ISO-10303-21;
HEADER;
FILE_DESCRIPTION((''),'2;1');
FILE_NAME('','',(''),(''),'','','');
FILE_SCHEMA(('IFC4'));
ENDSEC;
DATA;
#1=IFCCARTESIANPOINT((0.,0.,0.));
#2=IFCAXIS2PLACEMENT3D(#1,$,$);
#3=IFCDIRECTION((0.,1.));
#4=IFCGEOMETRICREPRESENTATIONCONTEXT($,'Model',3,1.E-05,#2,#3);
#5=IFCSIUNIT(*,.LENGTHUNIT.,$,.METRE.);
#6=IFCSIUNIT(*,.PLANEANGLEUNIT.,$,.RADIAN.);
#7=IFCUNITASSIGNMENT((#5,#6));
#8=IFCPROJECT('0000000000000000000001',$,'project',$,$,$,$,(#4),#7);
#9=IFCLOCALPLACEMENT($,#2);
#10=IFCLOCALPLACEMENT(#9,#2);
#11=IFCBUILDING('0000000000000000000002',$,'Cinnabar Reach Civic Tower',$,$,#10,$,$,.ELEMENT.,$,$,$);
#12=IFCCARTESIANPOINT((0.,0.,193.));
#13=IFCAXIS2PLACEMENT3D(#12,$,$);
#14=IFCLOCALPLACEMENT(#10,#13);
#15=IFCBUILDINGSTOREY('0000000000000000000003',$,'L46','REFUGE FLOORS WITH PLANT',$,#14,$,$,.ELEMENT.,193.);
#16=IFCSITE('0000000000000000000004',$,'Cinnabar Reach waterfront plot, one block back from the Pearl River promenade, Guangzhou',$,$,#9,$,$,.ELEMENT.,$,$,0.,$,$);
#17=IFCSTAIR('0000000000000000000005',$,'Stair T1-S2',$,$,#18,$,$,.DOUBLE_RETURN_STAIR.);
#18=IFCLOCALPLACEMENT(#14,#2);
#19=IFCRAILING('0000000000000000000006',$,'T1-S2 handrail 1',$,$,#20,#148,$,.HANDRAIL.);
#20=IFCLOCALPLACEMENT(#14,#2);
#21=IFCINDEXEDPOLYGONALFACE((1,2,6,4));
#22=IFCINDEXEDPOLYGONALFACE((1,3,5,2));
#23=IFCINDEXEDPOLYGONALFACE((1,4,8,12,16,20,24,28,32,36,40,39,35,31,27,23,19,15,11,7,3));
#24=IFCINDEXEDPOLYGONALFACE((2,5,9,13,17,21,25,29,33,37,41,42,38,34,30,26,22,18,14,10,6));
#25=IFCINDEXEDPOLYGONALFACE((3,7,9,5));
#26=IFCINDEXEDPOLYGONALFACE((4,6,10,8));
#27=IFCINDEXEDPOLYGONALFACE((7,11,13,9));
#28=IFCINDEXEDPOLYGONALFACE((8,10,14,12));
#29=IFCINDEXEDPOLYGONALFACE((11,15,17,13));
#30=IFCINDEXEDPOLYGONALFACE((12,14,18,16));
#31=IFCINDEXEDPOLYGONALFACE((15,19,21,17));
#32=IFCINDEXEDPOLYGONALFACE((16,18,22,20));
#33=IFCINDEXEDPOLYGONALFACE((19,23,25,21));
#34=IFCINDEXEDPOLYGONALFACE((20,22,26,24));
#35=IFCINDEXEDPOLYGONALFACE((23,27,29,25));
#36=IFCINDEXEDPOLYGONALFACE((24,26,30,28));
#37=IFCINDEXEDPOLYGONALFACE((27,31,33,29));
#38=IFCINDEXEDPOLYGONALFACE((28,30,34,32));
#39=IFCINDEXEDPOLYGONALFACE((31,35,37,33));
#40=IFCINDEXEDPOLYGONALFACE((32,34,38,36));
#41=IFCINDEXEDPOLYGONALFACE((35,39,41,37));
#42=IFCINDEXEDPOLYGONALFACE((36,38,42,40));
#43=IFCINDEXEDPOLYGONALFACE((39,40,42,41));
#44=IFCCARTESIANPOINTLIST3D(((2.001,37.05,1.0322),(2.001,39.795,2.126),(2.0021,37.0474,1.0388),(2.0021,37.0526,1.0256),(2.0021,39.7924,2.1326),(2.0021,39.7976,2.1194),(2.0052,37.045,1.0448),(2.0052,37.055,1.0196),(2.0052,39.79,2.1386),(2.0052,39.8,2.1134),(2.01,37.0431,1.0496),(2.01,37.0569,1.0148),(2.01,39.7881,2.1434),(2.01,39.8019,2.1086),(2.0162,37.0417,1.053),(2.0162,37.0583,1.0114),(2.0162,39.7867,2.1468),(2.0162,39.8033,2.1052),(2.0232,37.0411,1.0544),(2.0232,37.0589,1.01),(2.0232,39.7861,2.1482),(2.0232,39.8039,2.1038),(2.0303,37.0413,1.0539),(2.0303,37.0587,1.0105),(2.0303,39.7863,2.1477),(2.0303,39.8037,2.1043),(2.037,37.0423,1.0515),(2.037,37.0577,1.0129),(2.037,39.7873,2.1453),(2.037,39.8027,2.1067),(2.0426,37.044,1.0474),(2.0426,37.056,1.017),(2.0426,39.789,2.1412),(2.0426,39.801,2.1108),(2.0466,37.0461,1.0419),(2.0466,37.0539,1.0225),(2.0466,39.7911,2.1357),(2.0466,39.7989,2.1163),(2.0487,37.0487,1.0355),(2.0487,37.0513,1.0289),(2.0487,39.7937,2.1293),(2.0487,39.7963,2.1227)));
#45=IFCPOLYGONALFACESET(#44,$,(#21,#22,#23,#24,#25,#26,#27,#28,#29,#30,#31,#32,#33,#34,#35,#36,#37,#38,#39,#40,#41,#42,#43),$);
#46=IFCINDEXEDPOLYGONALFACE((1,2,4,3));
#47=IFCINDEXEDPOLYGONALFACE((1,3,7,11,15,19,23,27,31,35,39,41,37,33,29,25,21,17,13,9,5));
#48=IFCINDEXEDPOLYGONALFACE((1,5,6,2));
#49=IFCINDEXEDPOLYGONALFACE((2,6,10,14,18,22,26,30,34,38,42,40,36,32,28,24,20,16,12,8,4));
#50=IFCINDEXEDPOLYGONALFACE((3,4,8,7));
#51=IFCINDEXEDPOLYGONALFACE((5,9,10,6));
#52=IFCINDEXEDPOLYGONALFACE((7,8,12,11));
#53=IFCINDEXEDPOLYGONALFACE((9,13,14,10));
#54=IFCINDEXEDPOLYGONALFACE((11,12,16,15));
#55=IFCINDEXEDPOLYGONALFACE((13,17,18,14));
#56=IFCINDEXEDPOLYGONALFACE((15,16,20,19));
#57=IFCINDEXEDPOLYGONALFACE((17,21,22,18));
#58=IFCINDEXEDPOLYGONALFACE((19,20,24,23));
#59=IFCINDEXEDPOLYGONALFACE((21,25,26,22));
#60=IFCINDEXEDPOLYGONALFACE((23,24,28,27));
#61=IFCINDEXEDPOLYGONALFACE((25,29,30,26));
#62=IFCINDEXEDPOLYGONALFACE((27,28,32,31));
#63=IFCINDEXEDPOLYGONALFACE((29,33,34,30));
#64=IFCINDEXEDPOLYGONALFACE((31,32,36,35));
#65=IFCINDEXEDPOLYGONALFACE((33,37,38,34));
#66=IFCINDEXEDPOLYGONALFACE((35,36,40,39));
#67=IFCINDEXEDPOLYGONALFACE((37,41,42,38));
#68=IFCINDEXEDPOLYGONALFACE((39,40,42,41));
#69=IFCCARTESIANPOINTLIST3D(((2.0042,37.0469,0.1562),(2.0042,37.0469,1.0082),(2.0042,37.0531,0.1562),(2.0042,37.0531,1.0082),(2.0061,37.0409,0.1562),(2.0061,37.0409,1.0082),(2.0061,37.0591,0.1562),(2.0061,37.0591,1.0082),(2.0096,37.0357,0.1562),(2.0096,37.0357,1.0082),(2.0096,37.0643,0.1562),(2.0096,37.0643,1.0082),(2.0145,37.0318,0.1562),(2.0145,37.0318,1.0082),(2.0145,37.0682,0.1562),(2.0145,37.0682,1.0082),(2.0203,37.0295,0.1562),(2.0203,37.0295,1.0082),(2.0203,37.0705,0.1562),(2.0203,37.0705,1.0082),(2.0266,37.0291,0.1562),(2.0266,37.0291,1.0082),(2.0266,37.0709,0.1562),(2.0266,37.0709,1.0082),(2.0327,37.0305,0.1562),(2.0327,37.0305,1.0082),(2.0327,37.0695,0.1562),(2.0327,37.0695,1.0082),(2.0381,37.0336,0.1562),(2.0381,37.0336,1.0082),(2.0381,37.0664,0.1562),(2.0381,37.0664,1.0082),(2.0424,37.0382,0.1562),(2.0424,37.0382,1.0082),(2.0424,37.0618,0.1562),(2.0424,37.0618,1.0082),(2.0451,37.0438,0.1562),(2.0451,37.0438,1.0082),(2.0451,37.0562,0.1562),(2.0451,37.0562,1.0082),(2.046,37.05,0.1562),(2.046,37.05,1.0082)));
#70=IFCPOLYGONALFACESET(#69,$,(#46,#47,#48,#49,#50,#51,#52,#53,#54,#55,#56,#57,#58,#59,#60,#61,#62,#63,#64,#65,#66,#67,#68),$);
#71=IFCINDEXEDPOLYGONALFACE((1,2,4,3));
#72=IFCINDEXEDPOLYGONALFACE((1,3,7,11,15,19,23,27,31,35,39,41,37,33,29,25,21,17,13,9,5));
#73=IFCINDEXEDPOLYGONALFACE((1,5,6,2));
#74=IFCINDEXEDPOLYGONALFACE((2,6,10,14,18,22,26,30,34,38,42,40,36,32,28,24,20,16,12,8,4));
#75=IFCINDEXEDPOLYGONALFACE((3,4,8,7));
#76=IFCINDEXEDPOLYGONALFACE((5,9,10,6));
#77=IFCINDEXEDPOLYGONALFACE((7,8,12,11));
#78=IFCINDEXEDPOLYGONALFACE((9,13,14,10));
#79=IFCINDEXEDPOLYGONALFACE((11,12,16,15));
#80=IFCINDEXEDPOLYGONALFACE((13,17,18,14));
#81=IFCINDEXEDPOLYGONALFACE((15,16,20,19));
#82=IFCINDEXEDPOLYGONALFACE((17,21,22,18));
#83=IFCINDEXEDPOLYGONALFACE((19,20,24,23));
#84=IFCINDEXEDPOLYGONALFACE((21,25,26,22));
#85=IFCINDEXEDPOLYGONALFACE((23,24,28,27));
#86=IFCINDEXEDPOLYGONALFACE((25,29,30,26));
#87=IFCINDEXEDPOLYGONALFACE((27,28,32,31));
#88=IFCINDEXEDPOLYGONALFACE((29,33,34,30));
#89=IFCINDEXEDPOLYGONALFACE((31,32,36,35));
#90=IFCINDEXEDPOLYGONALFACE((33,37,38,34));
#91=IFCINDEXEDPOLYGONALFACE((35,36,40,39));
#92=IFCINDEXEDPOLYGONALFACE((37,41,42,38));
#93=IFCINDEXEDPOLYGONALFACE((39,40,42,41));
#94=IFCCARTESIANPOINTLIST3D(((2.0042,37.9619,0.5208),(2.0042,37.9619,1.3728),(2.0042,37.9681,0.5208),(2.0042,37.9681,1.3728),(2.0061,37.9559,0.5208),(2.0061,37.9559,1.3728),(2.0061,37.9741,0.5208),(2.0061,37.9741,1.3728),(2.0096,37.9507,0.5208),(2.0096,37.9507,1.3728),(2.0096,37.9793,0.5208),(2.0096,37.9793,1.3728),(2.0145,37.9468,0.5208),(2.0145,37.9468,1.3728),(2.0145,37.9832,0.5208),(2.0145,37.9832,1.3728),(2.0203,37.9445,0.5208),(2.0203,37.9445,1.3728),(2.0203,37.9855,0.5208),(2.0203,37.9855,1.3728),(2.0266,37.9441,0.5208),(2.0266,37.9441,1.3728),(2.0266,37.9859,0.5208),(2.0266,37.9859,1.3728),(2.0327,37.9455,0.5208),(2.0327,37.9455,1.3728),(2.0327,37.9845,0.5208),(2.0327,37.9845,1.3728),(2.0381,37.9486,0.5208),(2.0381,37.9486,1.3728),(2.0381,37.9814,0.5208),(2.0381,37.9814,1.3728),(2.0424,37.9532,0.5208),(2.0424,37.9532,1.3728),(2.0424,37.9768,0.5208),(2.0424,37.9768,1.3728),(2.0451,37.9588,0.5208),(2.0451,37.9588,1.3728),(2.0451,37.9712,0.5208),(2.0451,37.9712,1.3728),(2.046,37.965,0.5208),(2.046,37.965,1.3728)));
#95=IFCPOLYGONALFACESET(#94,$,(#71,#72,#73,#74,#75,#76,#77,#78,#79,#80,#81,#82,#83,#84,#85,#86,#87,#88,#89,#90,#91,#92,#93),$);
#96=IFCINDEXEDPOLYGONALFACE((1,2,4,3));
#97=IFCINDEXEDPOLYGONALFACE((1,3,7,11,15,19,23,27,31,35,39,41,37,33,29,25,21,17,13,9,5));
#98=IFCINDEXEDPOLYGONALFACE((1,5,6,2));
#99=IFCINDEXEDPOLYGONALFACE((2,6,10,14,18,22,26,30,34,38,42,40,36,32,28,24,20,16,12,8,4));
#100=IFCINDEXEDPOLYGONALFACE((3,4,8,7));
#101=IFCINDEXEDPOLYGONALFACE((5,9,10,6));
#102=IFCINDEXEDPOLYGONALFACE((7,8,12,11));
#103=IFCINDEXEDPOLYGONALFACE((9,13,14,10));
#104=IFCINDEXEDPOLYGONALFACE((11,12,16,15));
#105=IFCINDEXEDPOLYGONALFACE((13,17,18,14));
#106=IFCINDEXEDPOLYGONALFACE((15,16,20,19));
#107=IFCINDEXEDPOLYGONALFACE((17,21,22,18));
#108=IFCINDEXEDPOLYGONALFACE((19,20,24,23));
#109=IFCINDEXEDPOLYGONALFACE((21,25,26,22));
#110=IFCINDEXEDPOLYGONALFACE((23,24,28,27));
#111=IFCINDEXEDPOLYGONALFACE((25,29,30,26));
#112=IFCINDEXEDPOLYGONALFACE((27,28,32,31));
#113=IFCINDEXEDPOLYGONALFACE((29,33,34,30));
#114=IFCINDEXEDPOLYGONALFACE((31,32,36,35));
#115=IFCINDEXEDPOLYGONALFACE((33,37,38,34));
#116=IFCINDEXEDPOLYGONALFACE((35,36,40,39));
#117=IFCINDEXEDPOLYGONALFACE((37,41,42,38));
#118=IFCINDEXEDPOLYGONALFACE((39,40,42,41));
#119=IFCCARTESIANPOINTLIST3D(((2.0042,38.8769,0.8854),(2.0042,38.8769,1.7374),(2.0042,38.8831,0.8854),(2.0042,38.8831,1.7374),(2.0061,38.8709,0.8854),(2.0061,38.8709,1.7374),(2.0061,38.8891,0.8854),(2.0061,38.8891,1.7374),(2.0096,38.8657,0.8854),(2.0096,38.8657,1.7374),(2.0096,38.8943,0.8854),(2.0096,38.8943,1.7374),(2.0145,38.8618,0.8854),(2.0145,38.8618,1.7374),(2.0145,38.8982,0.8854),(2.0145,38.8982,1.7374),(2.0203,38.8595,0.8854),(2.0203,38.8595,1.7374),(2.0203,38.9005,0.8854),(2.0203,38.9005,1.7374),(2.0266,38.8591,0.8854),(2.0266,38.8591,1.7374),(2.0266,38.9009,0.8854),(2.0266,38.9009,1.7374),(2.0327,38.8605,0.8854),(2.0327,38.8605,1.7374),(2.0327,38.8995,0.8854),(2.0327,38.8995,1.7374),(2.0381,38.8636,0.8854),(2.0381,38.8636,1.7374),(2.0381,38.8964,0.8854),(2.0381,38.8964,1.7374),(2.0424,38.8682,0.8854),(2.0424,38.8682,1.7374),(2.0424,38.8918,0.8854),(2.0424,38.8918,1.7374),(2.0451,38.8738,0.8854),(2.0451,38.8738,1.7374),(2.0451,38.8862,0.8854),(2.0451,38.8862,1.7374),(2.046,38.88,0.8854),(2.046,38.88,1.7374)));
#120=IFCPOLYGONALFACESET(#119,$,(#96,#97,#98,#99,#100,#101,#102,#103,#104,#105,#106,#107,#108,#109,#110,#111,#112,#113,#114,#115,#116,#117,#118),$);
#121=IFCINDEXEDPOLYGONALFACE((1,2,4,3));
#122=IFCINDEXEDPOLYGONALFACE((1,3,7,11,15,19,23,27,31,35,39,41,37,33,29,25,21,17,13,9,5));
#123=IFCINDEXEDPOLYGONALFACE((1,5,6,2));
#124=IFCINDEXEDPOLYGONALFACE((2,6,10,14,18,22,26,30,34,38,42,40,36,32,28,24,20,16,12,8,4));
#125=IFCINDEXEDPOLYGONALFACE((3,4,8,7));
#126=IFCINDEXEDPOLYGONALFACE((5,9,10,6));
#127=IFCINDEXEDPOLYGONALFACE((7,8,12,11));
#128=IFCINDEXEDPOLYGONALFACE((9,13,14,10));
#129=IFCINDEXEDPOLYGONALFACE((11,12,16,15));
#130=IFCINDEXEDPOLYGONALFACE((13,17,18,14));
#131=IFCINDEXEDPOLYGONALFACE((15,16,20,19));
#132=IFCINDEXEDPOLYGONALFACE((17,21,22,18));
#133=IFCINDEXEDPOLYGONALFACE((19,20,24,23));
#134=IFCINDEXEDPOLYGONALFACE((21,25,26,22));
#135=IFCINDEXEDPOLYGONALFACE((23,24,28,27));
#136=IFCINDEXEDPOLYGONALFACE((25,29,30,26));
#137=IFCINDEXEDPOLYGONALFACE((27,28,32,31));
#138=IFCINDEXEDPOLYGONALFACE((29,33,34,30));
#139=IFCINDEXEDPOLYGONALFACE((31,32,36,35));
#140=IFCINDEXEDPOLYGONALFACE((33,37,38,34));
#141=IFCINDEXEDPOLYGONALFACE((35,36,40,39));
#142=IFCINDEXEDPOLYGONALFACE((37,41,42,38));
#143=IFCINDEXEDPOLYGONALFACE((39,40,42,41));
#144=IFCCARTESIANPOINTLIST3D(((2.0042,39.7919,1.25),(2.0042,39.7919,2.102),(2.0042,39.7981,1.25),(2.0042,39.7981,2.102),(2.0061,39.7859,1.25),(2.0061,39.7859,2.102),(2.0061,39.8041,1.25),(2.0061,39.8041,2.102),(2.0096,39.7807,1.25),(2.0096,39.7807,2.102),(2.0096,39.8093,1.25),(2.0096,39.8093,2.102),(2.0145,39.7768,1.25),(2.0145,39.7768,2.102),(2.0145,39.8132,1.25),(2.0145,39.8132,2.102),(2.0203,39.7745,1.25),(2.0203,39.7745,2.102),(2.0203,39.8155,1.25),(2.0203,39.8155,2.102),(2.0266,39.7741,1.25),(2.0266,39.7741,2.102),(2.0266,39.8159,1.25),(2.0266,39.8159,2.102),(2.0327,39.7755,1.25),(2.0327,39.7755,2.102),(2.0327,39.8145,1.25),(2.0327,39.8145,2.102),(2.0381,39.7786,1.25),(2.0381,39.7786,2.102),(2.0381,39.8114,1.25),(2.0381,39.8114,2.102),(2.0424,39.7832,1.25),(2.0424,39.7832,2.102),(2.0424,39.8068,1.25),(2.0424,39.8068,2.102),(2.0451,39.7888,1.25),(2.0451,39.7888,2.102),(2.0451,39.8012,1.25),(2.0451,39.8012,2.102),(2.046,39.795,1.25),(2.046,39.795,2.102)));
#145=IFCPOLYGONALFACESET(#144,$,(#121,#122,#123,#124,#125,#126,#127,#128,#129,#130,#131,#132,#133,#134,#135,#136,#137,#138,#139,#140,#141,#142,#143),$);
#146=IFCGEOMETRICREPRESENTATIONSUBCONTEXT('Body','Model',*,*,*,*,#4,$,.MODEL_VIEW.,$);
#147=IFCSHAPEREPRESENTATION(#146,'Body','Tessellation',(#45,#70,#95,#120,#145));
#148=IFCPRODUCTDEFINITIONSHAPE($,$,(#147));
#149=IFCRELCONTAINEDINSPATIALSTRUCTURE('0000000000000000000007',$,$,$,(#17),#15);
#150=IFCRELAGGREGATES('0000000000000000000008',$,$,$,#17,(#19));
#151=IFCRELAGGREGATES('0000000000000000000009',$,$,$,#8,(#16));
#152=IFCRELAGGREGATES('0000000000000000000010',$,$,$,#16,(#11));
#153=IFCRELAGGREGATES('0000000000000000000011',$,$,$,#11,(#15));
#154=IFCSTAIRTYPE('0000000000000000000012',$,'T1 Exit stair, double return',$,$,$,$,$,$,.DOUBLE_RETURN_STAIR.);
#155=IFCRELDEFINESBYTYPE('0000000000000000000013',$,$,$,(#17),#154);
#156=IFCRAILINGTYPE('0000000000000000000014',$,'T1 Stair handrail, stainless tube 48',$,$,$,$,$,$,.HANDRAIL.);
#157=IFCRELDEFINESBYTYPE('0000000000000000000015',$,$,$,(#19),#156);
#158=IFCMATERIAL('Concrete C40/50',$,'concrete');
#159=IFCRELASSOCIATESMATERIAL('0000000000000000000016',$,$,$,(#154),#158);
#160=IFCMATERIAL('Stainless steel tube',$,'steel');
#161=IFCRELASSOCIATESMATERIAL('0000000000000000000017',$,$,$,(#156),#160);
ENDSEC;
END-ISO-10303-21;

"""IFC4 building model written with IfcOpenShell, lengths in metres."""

from ifc_helpers import new_model, si_unit, direction, frame, origin, origin_2d, place, context, subcontext, project, spatial, circle, extrude, material, type_object, element, aggregate, save


model = new_model("IFC4")

# Units and contexts
model_context = context("Model", 3, precision=1e-05, world=origin(), true_north=direction((0.0, 1.0)))
body_context = subcontext(model_context, "Body", "Model", "MODEL_VIEW")
ifc_project = project(units=[si_unit("LENGTHUNIT", "METRE"), si_unit("PLANEANGLEUNIT", "RADIAN")], contexts=[model_context])

# Site, building, storey
site_placement = place(None, origin())
site = spatial("IfcSite", under=ifc_project, at=site_placement, Name="Cinnabar Reach waterfront plot, one block back from the Pearl River promenade, Guangzhou", CompositionType="ELEMENT", RefElevation=0.0)
building_placement = place(site_placement, origin())
building = spatial("IfcBuilding", under=site, at=building_placement, Name="Cinnabar Reach Civic Tower", CompositionType="ELEMENT")
storey_placement = place(building_placement, frame((0.0, 0.0, 193.0)))
storey = spatial("IfcBuildingStorey", under=building, at=storey_placement, Name="L46", Description="REFUGE FLOORS WITH PLANT", CompositionType="ELEMENT", Elevation=193.0)

# Shared definitions
ifc_material_1 = material(Name="Concrete C40/50", Category="concrete")

# Stair, railing
stair_type = type_object("IfcStairType", Name="T1 Exit stair, double return", PredefinedType="DOUBLE_RETURN_STAIR", material=ifc_material_1)
stair_placement = place(storey_placement, origin())
stair = element("IfcStair", 1, at=stair_placement, inside=storey, type_object=stair_type, Name="Stair T1-S2", PredefinedType="DOUBLE_RETURN_STAIR")
ifc_material_2 = material(Name="Stainless steel tube", Category="steel")
railing_type = type_object("IfcRailingType", Name="T1 Stair handrail, stainless tube 48", PredefinedType="HANDRAIL", material=ifc_material_2)
railing_1_placement = place(storey_placement, frame((2.025, 37.05, 0.1562)))
railing_1 = element("IfcRailing", 2, at=railing_1_placement, type_object=railing_type, Name="T1-S2 handrail 1", PredefinedType="HANDRAIL", context=body_context, shape_type="SweptSolid", body=[
    extrude(circle(Radius=0.024, at=origin_2d()), frame((0.0, 0.0, 0.876), z_axis=(0.0, 0.928966, 0.370165), x_axis=(-1.0, 0.0, 0.0)), (0.0, 0.0, 1.0), 2.9549),
    extrude(circle(Radius=0.021, at=origin_2d()), origin(), (0.0, 0.0, 1.0), 0.852),
    extrude(circle(Radius=0.021, at=origin_2d()), frame((0.0, 0.915, 0.3646)), (0.0, 0.0, 1.0), 0.852),
    extrude(circle(Radius=0.021, at=origin_2d()), frame((0.0, 1.83, 0.7292)), (0.0, 0.0, 1.0), 0.852),
    extrude(circle(Radius=0.021, at=origin_2d()), frame((0.0, 2.745, 1.0938)), (0.0, 0.0, 1.0), 0.852),
])
aggregate(stair, [railing_1])

save(model, "model.ifc")
